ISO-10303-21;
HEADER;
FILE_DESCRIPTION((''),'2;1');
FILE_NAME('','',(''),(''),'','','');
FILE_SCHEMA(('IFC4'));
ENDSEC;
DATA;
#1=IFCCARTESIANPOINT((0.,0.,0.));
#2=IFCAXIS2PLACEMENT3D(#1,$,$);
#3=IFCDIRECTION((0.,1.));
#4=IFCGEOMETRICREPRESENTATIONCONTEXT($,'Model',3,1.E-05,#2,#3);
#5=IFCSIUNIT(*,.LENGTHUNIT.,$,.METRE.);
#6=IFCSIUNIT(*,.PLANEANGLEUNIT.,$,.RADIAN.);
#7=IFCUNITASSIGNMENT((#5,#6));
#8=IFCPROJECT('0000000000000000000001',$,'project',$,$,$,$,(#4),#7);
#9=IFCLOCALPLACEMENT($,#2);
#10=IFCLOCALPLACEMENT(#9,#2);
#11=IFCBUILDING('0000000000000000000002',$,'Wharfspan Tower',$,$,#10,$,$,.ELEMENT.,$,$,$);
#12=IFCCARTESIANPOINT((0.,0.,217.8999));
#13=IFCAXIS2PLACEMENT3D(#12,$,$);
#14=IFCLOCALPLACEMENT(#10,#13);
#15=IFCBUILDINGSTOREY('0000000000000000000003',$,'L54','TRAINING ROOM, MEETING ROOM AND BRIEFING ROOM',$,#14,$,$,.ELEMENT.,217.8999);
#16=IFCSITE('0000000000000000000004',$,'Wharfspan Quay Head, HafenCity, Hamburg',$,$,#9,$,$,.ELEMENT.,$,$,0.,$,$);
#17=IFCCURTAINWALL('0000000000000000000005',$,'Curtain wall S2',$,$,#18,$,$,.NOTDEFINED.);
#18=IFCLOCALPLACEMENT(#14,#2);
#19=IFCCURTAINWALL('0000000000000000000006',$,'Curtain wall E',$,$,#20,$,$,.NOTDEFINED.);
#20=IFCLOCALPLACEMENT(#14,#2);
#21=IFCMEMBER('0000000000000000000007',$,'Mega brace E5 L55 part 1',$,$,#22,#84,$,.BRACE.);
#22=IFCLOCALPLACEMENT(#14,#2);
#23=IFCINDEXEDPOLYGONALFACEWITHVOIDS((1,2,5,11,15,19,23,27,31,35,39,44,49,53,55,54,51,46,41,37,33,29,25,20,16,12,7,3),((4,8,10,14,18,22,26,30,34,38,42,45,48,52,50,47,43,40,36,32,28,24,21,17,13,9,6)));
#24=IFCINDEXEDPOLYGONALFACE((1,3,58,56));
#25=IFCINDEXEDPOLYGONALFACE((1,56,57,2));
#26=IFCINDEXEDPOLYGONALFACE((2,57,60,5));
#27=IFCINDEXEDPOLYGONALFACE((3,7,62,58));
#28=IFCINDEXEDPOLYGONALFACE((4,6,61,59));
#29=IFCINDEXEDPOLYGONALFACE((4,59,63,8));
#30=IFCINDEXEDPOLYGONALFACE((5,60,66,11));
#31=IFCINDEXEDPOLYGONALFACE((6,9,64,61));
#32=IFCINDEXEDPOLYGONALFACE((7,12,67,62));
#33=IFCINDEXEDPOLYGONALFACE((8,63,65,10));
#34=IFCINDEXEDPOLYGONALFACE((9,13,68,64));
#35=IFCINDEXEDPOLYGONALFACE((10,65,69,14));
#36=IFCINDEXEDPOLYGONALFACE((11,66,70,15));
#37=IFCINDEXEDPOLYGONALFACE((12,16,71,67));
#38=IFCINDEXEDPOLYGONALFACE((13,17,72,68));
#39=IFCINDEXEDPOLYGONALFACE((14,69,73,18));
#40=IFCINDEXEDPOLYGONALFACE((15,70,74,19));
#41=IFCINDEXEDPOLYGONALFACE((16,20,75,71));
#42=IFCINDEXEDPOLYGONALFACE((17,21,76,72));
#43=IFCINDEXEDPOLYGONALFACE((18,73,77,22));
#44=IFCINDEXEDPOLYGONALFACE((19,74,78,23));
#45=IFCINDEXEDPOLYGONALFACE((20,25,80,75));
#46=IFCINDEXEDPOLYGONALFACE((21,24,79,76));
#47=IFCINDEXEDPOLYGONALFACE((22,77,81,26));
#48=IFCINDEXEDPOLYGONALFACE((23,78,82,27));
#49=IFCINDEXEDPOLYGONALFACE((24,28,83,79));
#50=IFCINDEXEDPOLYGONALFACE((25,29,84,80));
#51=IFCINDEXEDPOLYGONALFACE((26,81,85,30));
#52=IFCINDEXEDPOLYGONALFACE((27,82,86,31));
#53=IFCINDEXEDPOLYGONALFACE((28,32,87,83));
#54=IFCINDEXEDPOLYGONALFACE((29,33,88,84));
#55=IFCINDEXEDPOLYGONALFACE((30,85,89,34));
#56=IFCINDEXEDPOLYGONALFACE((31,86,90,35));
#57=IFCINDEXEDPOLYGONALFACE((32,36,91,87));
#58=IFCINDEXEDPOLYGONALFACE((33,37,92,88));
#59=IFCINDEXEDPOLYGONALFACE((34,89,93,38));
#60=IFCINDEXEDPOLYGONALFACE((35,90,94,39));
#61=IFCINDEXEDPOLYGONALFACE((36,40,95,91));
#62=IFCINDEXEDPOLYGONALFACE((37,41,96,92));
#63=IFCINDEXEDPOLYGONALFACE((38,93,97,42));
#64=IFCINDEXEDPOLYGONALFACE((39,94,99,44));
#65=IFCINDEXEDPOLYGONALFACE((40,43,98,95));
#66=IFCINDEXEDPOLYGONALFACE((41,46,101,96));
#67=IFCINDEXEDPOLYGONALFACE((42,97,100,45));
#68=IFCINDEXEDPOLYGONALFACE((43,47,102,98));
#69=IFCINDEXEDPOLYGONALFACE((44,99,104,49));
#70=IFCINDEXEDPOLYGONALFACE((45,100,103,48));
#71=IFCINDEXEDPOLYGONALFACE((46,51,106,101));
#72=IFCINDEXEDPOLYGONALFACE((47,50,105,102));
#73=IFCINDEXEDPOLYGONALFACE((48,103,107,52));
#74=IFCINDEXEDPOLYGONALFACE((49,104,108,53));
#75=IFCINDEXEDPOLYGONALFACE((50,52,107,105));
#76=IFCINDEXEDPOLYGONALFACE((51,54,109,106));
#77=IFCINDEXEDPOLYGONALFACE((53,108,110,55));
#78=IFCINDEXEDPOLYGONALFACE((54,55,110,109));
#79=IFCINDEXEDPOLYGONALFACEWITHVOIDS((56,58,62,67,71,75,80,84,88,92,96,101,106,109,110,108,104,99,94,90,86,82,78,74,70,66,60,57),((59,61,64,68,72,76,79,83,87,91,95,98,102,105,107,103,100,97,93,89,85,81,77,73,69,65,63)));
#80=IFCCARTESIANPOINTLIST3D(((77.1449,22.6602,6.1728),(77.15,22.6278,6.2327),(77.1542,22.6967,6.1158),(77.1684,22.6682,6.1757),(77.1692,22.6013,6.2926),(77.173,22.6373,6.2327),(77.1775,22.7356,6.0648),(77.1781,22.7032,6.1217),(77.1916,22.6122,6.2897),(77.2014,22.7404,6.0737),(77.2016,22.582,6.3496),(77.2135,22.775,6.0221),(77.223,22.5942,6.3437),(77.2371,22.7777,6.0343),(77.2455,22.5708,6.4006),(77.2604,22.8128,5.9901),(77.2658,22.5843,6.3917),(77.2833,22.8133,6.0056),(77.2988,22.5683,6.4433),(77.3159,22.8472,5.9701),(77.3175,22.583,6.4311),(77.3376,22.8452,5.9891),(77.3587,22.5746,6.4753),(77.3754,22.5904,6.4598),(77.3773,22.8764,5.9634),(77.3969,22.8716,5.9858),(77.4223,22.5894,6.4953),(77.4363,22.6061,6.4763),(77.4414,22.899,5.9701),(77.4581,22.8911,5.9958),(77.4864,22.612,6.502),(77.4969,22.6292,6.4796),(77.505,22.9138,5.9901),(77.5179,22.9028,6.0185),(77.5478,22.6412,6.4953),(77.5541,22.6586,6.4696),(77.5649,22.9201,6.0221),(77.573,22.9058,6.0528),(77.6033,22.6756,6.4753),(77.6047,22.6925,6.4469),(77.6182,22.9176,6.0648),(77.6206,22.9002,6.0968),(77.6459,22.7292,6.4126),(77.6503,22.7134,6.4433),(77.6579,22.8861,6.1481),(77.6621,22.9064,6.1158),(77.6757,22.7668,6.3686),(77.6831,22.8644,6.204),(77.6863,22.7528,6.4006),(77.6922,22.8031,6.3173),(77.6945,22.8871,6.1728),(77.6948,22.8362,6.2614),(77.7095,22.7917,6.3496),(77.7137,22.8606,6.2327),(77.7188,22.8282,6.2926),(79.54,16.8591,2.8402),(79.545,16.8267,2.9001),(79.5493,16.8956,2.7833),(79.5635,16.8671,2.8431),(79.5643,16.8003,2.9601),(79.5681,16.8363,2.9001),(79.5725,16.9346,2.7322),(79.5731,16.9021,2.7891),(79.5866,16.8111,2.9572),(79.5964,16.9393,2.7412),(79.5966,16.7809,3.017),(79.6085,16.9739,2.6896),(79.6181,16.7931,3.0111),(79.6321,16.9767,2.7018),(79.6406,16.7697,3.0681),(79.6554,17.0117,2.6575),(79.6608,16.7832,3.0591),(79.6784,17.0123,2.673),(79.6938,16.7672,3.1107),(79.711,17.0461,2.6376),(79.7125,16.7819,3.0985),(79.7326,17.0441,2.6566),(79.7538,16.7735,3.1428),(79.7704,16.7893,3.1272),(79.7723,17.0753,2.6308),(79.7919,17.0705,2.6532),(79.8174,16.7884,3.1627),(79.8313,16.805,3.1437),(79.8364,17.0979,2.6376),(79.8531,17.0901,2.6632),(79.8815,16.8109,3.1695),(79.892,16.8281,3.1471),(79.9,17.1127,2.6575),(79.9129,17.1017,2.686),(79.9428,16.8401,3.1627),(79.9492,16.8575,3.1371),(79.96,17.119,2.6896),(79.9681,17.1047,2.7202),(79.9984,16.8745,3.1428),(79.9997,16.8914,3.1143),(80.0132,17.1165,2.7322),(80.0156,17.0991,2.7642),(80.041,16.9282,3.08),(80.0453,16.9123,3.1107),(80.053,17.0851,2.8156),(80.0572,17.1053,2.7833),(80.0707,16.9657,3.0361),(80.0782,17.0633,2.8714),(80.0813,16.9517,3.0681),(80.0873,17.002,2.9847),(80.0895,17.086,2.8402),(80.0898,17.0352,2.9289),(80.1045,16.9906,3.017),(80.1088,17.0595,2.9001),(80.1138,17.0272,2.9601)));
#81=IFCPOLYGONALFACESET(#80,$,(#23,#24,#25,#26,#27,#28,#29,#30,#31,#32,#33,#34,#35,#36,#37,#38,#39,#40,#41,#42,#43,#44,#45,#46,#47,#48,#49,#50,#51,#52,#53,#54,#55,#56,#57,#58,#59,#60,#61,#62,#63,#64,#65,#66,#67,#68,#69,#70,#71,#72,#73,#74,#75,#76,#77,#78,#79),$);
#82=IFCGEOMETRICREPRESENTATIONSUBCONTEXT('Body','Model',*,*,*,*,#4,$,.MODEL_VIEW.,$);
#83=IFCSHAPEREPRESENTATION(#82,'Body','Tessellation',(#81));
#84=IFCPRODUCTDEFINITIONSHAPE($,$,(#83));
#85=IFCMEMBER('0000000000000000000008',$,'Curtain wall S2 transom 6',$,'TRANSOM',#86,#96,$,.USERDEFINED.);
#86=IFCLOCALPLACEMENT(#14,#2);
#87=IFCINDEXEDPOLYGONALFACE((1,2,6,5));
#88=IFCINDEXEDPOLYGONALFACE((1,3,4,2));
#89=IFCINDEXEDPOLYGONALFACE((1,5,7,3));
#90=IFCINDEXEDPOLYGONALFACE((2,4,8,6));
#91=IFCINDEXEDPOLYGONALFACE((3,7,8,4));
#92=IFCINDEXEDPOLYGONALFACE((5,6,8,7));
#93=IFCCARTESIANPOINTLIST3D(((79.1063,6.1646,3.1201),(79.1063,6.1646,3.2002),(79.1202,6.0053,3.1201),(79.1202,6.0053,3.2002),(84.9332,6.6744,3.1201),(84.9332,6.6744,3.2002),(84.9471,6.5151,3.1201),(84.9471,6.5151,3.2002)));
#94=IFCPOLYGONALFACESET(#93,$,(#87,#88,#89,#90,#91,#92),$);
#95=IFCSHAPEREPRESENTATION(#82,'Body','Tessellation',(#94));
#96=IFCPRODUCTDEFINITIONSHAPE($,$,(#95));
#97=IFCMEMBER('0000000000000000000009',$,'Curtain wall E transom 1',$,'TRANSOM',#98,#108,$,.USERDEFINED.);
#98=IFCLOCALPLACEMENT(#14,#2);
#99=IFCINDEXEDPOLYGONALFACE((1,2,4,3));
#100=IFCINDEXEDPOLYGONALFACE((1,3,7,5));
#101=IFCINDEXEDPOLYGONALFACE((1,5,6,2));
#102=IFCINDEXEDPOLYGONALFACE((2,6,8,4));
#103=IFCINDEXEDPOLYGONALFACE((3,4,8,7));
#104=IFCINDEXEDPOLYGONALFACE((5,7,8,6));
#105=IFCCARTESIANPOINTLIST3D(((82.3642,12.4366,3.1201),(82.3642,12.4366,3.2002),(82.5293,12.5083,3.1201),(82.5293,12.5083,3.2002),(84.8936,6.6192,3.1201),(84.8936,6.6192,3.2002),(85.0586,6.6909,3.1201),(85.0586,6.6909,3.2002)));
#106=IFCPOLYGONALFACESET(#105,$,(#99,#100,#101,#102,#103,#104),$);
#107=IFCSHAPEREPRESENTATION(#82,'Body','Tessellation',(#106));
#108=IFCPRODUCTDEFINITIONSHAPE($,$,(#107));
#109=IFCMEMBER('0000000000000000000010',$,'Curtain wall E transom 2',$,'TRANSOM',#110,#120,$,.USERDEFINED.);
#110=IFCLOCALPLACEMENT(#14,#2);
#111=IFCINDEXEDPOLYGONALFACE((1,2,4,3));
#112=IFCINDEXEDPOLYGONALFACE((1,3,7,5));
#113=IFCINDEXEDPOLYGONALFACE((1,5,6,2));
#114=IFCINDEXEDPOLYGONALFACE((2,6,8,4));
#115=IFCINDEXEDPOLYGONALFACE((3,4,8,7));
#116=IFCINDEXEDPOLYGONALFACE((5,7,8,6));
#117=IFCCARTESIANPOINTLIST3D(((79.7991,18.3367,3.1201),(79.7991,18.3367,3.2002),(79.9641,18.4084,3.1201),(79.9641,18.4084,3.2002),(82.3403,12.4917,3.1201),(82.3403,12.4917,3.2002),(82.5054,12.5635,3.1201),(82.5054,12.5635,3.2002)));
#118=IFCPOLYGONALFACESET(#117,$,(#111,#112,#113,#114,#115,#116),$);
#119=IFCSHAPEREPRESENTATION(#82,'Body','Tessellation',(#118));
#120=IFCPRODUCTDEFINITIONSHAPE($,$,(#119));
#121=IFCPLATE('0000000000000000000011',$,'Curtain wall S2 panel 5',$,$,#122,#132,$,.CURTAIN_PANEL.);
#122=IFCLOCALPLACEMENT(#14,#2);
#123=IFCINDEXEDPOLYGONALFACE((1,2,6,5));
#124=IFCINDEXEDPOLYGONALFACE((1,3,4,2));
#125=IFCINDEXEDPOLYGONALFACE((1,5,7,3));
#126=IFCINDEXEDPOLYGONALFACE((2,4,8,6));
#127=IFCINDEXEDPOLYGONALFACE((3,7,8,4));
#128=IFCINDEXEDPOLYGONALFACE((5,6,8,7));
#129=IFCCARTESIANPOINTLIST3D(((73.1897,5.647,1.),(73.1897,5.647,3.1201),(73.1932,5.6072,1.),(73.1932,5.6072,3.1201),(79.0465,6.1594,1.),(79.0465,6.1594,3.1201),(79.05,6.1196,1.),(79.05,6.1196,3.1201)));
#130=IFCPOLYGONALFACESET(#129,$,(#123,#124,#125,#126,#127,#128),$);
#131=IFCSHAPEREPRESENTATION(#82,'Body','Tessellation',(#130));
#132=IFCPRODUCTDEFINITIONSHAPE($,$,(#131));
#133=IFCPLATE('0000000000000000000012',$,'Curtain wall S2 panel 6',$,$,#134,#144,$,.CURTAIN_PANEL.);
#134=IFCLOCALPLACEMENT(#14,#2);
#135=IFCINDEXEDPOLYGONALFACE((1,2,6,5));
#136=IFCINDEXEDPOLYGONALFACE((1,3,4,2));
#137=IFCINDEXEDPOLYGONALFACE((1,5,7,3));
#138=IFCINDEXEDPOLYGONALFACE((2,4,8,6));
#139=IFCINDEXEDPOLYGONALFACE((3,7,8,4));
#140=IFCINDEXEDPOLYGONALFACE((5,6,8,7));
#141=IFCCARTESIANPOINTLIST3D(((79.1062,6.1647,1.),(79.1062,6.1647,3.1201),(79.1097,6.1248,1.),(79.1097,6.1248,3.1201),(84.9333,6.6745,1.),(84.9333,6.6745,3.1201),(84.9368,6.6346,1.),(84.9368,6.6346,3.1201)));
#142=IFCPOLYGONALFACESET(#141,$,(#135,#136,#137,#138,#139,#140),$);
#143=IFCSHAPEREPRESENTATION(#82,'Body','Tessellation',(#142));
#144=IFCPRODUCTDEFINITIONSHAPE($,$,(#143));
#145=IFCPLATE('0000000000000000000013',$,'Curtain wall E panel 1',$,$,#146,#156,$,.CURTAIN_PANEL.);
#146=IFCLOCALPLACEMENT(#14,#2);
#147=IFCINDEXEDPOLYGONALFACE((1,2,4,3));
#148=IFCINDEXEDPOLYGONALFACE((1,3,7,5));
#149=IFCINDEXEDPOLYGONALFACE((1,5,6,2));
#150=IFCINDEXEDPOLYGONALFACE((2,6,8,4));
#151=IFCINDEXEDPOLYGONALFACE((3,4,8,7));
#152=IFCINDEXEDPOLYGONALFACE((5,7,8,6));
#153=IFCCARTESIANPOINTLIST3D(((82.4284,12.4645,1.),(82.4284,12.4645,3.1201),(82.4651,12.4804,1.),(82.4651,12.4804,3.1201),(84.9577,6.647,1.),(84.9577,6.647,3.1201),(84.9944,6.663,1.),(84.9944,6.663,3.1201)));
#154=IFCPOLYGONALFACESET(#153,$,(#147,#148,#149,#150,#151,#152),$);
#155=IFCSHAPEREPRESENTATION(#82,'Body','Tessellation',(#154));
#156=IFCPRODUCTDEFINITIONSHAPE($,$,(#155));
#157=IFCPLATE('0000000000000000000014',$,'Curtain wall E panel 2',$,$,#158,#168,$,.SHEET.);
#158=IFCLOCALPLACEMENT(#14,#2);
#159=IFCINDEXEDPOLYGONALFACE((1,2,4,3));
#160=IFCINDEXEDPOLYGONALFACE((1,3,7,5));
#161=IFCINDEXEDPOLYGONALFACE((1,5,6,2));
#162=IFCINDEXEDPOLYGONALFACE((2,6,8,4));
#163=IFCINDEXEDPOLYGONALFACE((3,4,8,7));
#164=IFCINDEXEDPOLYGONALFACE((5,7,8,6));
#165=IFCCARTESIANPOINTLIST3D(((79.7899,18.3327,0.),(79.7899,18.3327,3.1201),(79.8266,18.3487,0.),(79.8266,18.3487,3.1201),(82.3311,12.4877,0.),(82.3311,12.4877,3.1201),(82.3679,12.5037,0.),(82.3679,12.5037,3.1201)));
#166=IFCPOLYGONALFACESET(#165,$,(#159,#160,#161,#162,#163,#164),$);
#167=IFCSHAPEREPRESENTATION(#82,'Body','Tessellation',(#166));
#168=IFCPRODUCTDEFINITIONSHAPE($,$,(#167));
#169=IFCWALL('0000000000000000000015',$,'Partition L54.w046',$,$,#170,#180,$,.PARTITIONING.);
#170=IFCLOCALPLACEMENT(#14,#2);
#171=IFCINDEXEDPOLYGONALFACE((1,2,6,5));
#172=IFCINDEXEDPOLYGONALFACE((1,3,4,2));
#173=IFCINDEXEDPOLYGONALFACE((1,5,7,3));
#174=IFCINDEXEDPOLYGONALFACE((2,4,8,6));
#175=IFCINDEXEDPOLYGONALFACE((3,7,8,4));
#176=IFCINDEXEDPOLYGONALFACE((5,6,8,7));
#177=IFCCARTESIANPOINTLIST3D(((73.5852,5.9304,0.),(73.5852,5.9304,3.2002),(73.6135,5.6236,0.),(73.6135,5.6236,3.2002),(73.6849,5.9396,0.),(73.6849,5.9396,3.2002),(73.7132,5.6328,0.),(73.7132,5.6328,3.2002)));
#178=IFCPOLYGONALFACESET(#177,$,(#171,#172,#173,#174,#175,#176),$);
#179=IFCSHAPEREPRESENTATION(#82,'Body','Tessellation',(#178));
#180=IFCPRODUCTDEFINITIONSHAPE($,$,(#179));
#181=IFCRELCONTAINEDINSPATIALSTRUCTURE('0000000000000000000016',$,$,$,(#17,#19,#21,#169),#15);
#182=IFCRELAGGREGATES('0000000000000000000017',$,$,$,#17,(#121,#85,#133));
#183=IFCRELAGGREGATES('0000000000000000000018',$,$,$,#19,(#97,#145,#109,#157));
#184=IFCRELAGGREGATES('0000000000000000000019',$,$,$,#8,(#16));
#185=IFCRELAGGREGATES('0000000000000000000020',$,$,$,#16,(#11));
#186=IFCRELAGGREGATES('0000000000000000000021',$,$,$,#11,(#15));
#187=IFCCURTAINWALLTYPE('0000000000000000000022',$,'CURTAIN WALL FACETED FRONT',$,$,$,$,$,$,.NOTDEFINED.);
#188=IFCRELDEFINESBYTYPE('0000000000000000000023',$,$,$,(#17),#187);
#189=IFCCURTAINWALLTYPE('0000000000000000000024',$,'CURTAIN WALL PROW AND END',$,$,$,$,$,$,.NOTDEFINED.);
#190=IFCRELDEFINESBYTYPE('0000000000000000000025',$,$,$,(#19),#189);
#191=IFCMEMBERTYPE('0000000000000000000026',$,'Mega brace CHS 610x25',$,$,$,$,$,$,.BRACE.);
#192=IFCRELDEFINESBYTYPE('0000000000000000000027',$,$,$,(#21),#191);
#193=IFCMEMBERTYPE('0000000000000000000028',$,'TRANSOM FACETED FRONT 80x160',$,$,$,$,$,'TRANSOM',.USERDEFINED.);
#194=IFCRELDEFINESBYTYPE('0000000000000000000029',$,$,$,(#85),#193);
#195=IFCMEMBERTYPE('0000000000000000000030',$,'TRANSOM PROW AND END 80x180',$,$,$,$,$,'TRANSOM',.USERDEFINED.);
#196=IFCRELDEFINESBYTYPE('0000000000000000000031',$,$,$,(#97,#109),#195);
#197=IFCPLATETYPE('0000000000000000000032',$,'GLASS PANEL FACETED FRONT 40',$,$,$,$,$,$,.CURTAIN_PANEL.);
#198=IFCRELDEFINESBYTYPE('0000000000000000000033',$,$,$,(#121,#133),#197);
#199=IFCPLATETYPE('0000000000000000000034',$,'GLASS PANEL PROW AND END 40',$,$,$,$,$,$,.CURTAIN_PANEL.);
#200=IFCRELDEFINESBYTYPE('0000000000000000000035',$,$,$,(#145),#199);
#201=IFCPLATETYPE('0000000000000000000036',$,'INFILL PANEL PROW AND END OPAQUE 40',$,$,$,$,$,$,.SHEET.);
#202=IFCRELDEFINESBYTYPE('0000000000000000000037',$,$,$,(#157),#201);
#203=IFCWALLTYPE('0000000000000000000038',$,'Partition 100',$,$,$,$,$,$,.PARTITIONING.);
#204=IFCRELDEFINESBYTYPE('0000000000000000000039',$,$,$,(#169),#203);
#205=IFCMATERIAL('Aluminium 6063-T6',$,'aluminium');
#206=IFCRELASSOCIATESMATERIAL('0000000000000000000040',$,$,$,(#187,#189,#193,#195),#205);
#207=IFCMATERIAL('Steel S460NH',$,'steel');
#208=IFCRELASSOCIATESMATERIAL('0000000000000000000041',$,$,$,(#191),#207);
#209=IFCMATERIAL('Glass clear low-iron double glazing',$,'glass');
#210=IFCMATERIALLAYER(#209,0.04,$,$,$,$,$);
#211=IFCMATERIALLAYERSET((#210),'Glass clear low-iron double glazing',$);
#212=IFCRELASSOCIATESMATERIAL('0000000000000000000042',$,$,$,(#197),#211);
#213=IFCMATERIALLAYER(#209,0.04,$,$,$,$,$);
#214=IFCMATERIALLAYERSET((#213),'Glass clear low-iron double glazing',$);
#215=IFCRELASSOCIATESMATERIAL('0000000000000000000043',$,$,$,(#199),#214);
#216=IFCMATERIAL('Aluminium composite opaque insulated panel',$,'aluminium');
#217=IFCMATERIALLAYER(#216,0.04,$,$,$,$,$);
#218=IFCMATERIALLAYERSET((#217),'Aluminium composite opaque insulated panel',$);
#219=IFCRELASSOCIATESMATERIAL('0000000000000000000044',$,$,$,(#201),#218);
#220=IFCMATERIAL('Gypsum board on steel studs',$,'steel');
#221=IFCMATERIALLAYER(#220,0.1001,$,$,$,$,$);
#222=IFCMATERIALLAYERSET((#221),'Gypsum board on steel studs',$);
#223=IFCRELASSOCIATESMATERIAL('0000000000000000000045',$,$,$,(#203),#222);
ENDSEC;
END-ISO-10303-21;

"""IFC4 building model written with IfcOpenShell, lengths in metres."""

from ifc_helpers import new_model, si_unit, direction, frame, frame_2d, origin, origin_2d, place, context, subcontext, project, spatial, rectangle, hollow_circle, extrude, material, layer, layer_set, material_profile, profile_set, type_object, element, aggregate, save


model = new_model("IFC4")

# Units and contexts
model_context = context("Model", 3, precision=1e-05, world=origin(), true_north=direction((0.0, 1.0)))
body_context = subcontext(model_context, "Body", "Model", "MODEL_VIEW")
ifc_project = project(units=[si_unit("LENGTHUNIT", "METRE"), si_unit("PLANEANGLEUNIT", "RADIAN")], contexts=[model_context])

# Site, building, storey
site_placement = place(None, origin())
site = spatial("IfcSite", under=ifc_project, at=site_placement, Name="Wharfspan Quay Head, HafenCity, Hamburg", CompositionType="ELEMENT", RefElevation=0.0)
building_placement = place(site_placement, origin())
building = spatial("IfcBuilding", under=site, at=building_placement, Name="Wharfspan Tower", CompositionType="ELEMENT")
storey_placement = place(building_placement, frame((0.0, 0.0, 217.8999)))
storey = spatial("IfcBuildingStorey", under=building, at=storey_placement, Name="L54", Description="TRAINING ROOM, MEETING ROOM AND BRIEFING ROOM", CompositionType="ELEMENT", Elevation=217.8999)

# Curtain walls
ifc_material_1 = material(Name="Aluminium 6063-T6", Category="aluminium")
curtain_wall_type_1 = type_object("IfcCurtainWallType", Name="CURTAIN WALL FACETED FRONT", PredefinedType="NOTDEFINED", material=ifc_material_1)
curtain_wall_1_placement = place(storey_placement, origin())
curtain_wall_1 = element("IfcCurtainWall", 1, at=curtain_wall_1_placement, inside=storey, type_object=curtain_wall_type_1, Name="Curtain wall S2", PredefinedType="NOTDEFINED")
curtain_wall_type_2 = type_object("IfcCurtainWallType", Name="CURTAIN WALL PROW AND END", PredefinedType="NOTDEFINED", material=ifc_material_1)
curtain_wall_2_placement = place(storey_placement, origin())
curtain_wall_2 = element("IfcCurtainWall", 2, at=curtain_wall_2_placement, inside=storey, type_object=curtain_wall_type_2, Name="Curtain wall E", PredefinedType="NOTDEFINED")

# Members
ifc_material_2 = material(Name="Steel S460NH", Category="steel")
ifc_material_profile_1 = material_profile(ifc_material_2, hollow_circle(Radius=0.3049, WallThickness=0.0249, at=origin_2d()))
ifc_profile_set_1 = profile_set([ifc_material_profile_1], Name="Steel S460NH")
member_type_1 = type_object("IfcMemberType", Name="Mega brace CHS 610x25", PredefinedType="BRACE", material=ifc_profile_set_1)
member_1_placement = place(storey_placement, frame((79.8269, 16.9431, 2.9001), z_axis=(-0.337047, 0.816368, 0.46898), x_axis=(-0.924317, -0.381615, 0.0)))
element("IfcMember", 3, at=member_1_placement, inside=storey, type_object=member_type_1, Name="Mega brace E5 L55 part 1", PredefinedType="BRACE", context=body_context, shape_type="SweptSolid", body=[
    extrude(hollow_circle(Radius=0.3049, WallThickness=0.0249, at=origin_2d()), origin(), (0.0, 0.0, 1.0), 7.106),
])
ifc_material_profile_2 = material_profile(ifc_material_1, rectangle(XDim=0.1599, YDim=0.0801, at=origin_2d()))
ifc_profile_set_2 = profile_set([ifc_material_profile_2], Name="Aluminium 6063-T6")
member_type_2 = type_object("IfcMemberType", Name="TRANSOM FACETED FRONT 80x160", ElementType="TRANSOM", PredefinedType="USERDEFINED", material=ifc_profile_set_2)
member_2_placement = place(storey_placement, frame((79.1133, 6.085, 3.1602), z_axis=(0.996195, 0.087152, 0.0), x_axis=(-0.087152, 0.996195, 0.0)))
member_2 = element("IfcMember", 4, at=member_2_placement, type_object=member_type_2, Name="Curtain wall S2 transom 6", ObjectType="TRANSOM", PredefinedType="USERDEFINED", context=body_context, shape_type="SweptSolid", body=[
    extrude(rectangle(XDim=0.1599, YDim=0.0801, at=origin_2d()), origin(), (0.0, 0.0, 1.0), 5.8491),
])
ifc_material_profile_3 = material_profile(ifc_material_1, rectangle(XDim=0.1799, YDim=0.0801, at=origin_2d()))
ifc_profile_set_3 = profile_set([ifc_material_profile_3], Name="Aluminium 6063-T6")
member_type_3 = type_object("IfcMemberType", Name="TRANSOM PROW AND END 80x180", ElementType="TRANSOM", PredefinedType="USERDEFINED", material=ifc_profile_set_3)
member_3_placement = place(storey_placement, frame((84.9761, 6.655, 3.1602), z_axis=(-0.398726, 0.91707, 0.0), x_axis=(-0.91707, -0.398726, 0.0)))
member_3 = element("IfcMember", 5, at=member_3_placement, type_object=member_type_3, Name="Curtain wall E transom 1", ObjectType="TRANSOM", PredefinedType="USERDEFINED", context=body_context, shape_type="SweptSolid", body=[
    extrude(rectangle(XDim=0.1799, YDim=0.0801, at=origin_2d()), origin(), (0.0, 0.0, 1.0), 6.3435),
])
member_4_placement = place(storey_placement, frame((82.4229, 12.5276, 3.1602), z_axis=(-0.398722, 0.917072, 0.0), x_axis=(-0.917072, -0.398722, 0.0)))
member_4 = element("IfcMember", 6, at=member_4_placement, type_object=member_type_3, Name="Curtain wall E transom 2", ObjectType="TRANSOM", PredefinedType="USERDEFINED", context=body_context, shape_type="SweptSolid", body=[
    extrude(rectangle(XDim=0.1799, YDim=0.0801, at=origin_2d()), origin(), (0.0, 0.0, 1.0), 6.3735),
])

# Plates
ifc_material_3 = material(Name="Glass clear low-iron double glazing", Category="glass")
ifc_layer_1 = layer(ifc_material_3, 0.04)
ifc_layer_set_1 = layer_set([ifc_layer_1], Name="Glass clear low-iron double glazing")
plate_type_1 = type_object("IfcPlateType", Name="GLASS PANEL FACETED FRONT 40", PredefinedType="CURTAIN_PANEL", material=ifc_layer_set_1)
plate_1_placement = place(storey_placement, frame((76.1199, 5.8833, 1.0), z_axis=(0.0, 0.0, 1.0), x_axis=(0.996197, 0.087156, 0.0)))
plate_1 = element("IfcPlate", 7, at=plate_1_placement, type_object=plate_type_1, Name="Curtain wall S2 panel 5", PredefinedType="CURTAIN_PANEL", context=body_context, shape_type="SweptSolid", body=[
    extrude(rectangle(XDim=5.8792, YDim=0.04, at=origin_2d()), origin(), (0.0, 0.0, 1.0), 2.1201),
])
plate_2_placement = place(storey_placement, frame((82.0215, 6.3997, 1.0), z_axis=(0.0, 0.0, 1.0), x_axis=(0.996197, 0.087156, 0.0)))
plate_2 = element("IfcPlate", 8, at=plate_2_placement, type_object=plate_type_1, Name="Curtain wall S2 panel 6", PredefinedType="CURTAIN_PANEL", context=body_context, shape_type="SweptSolid", body=[
    extrude(rectangle(XDim=5.8494, YDim=0.04, at=origin_2d()), origin(), (0.0, 0.0, 1.0), 2.1201),
])
aggregate(curtain_wall_1, [plate_1, member_2, plate_2])
ifc_layer_2 = layer(ifc_material_3, 0.04)
ifc_layer_set_2 = layer_set([ifc_layer_2], Name="Glass clear low-iron double glazing")
plate_type_2 = type_object("IfcPlateType", Name="GLASS PANEL PROW AND END 40", PredefinedType="CURTAIN_PANEL", material=ifc_layer_set_2)
plate_3_placement = place(storey_placement, frame((83.7114, 9.5637, 1.0), z_axis=(0.0, 0.0, 1.0), x_axis=(-0.398727, 0.917072, 0.0)))
plate_3 = element("IfcPlate", 9, at=plate_3_placement, type_object=plate_type_2, Name="Curtain wall E panel 1", PredefinedType="CURTAIN_PANEL", context=body_context, shape_type="SweptSolid", body=[
    extrude(rectangle(XDim=6.3435, YDim=0.04, at=origin_2d()), origin(), (0.0, 0.0, 1.0), 2.1201),
])
ifc_material_4 = material(Name="Aluminium composite opaque insulated panel", Category="aluminium")
ifc_layer_3 = layer(ifc_material_4, 0.04)
ifc_layer_set_3 = layer_set([ifc_layer_3], Name="Aluminium composite opaque insulated panel")
plate_type_3 = type_object("IfcPlateType", Name="INFILL PANEL PROW AND END OPAQUE 40", PredefinedType="SHEET", material=ifc_layer_set_3)
plate_4_placement = place(storey_placement, frame((81.0789, 15.4182, 0.0), z_axis=(0.0, 0.0, 1.0), x_axis=(-0.398727, 0.917072, 0.0)))
plate_4 = element("IfcPlate", 10, at=plate_4_placement, type_object=plate_type_3, Name="Curtain wall E panel 2", PredefinedType="SHEET", context=body_context, shape_type="SweptSolid", body=[
    extrude(rectangle(XDim=6.3735, YDim=0.04, at=origin_2d()), origin(), (0.0, 0.0, 1.0), 3.1201),
])
aggregate(curtain_wall_2, [member_3, plate_3, member_4, plate_4])

# Wall
ifc_material_5 = material(Name="Gypsum board on steel studs", Category="steel")
ifc_layer_4 = layer(ifc_material_5, 0.1001)
ifc_layer_set_4 = layer_set([ifc_layer_4], Name="Gypsum board on steel studs")
wall_type_1 = type_object("IfcWallType", Name="Partition 100", PredefinedType="PARTITIONING", material=ifc_layer_set_4)
wall_1_placement = place(storey_placement, frame((73.6633, 5.6282, 0.0), z_axis=(0.0, 0.0, 1.0), x_axis=(-0.091893, 0.995772, 0.0)))
element("IfcWall", 11, at=wall_1_placement, inside=storey, type_object=wall_type_1, Name="Partition L54.w046", PredefinedType="PARTITIONING", context=body_context, shape_type="SweptSolid", body=[
    extrude(rectangle(XDim=0.3081, YDim=0.1001, at=frame_2d((0.1541, 0.0))), origin(), (0.0, 0.0, 1.0), 3.2002),
])

save(model, "model.ifc")
